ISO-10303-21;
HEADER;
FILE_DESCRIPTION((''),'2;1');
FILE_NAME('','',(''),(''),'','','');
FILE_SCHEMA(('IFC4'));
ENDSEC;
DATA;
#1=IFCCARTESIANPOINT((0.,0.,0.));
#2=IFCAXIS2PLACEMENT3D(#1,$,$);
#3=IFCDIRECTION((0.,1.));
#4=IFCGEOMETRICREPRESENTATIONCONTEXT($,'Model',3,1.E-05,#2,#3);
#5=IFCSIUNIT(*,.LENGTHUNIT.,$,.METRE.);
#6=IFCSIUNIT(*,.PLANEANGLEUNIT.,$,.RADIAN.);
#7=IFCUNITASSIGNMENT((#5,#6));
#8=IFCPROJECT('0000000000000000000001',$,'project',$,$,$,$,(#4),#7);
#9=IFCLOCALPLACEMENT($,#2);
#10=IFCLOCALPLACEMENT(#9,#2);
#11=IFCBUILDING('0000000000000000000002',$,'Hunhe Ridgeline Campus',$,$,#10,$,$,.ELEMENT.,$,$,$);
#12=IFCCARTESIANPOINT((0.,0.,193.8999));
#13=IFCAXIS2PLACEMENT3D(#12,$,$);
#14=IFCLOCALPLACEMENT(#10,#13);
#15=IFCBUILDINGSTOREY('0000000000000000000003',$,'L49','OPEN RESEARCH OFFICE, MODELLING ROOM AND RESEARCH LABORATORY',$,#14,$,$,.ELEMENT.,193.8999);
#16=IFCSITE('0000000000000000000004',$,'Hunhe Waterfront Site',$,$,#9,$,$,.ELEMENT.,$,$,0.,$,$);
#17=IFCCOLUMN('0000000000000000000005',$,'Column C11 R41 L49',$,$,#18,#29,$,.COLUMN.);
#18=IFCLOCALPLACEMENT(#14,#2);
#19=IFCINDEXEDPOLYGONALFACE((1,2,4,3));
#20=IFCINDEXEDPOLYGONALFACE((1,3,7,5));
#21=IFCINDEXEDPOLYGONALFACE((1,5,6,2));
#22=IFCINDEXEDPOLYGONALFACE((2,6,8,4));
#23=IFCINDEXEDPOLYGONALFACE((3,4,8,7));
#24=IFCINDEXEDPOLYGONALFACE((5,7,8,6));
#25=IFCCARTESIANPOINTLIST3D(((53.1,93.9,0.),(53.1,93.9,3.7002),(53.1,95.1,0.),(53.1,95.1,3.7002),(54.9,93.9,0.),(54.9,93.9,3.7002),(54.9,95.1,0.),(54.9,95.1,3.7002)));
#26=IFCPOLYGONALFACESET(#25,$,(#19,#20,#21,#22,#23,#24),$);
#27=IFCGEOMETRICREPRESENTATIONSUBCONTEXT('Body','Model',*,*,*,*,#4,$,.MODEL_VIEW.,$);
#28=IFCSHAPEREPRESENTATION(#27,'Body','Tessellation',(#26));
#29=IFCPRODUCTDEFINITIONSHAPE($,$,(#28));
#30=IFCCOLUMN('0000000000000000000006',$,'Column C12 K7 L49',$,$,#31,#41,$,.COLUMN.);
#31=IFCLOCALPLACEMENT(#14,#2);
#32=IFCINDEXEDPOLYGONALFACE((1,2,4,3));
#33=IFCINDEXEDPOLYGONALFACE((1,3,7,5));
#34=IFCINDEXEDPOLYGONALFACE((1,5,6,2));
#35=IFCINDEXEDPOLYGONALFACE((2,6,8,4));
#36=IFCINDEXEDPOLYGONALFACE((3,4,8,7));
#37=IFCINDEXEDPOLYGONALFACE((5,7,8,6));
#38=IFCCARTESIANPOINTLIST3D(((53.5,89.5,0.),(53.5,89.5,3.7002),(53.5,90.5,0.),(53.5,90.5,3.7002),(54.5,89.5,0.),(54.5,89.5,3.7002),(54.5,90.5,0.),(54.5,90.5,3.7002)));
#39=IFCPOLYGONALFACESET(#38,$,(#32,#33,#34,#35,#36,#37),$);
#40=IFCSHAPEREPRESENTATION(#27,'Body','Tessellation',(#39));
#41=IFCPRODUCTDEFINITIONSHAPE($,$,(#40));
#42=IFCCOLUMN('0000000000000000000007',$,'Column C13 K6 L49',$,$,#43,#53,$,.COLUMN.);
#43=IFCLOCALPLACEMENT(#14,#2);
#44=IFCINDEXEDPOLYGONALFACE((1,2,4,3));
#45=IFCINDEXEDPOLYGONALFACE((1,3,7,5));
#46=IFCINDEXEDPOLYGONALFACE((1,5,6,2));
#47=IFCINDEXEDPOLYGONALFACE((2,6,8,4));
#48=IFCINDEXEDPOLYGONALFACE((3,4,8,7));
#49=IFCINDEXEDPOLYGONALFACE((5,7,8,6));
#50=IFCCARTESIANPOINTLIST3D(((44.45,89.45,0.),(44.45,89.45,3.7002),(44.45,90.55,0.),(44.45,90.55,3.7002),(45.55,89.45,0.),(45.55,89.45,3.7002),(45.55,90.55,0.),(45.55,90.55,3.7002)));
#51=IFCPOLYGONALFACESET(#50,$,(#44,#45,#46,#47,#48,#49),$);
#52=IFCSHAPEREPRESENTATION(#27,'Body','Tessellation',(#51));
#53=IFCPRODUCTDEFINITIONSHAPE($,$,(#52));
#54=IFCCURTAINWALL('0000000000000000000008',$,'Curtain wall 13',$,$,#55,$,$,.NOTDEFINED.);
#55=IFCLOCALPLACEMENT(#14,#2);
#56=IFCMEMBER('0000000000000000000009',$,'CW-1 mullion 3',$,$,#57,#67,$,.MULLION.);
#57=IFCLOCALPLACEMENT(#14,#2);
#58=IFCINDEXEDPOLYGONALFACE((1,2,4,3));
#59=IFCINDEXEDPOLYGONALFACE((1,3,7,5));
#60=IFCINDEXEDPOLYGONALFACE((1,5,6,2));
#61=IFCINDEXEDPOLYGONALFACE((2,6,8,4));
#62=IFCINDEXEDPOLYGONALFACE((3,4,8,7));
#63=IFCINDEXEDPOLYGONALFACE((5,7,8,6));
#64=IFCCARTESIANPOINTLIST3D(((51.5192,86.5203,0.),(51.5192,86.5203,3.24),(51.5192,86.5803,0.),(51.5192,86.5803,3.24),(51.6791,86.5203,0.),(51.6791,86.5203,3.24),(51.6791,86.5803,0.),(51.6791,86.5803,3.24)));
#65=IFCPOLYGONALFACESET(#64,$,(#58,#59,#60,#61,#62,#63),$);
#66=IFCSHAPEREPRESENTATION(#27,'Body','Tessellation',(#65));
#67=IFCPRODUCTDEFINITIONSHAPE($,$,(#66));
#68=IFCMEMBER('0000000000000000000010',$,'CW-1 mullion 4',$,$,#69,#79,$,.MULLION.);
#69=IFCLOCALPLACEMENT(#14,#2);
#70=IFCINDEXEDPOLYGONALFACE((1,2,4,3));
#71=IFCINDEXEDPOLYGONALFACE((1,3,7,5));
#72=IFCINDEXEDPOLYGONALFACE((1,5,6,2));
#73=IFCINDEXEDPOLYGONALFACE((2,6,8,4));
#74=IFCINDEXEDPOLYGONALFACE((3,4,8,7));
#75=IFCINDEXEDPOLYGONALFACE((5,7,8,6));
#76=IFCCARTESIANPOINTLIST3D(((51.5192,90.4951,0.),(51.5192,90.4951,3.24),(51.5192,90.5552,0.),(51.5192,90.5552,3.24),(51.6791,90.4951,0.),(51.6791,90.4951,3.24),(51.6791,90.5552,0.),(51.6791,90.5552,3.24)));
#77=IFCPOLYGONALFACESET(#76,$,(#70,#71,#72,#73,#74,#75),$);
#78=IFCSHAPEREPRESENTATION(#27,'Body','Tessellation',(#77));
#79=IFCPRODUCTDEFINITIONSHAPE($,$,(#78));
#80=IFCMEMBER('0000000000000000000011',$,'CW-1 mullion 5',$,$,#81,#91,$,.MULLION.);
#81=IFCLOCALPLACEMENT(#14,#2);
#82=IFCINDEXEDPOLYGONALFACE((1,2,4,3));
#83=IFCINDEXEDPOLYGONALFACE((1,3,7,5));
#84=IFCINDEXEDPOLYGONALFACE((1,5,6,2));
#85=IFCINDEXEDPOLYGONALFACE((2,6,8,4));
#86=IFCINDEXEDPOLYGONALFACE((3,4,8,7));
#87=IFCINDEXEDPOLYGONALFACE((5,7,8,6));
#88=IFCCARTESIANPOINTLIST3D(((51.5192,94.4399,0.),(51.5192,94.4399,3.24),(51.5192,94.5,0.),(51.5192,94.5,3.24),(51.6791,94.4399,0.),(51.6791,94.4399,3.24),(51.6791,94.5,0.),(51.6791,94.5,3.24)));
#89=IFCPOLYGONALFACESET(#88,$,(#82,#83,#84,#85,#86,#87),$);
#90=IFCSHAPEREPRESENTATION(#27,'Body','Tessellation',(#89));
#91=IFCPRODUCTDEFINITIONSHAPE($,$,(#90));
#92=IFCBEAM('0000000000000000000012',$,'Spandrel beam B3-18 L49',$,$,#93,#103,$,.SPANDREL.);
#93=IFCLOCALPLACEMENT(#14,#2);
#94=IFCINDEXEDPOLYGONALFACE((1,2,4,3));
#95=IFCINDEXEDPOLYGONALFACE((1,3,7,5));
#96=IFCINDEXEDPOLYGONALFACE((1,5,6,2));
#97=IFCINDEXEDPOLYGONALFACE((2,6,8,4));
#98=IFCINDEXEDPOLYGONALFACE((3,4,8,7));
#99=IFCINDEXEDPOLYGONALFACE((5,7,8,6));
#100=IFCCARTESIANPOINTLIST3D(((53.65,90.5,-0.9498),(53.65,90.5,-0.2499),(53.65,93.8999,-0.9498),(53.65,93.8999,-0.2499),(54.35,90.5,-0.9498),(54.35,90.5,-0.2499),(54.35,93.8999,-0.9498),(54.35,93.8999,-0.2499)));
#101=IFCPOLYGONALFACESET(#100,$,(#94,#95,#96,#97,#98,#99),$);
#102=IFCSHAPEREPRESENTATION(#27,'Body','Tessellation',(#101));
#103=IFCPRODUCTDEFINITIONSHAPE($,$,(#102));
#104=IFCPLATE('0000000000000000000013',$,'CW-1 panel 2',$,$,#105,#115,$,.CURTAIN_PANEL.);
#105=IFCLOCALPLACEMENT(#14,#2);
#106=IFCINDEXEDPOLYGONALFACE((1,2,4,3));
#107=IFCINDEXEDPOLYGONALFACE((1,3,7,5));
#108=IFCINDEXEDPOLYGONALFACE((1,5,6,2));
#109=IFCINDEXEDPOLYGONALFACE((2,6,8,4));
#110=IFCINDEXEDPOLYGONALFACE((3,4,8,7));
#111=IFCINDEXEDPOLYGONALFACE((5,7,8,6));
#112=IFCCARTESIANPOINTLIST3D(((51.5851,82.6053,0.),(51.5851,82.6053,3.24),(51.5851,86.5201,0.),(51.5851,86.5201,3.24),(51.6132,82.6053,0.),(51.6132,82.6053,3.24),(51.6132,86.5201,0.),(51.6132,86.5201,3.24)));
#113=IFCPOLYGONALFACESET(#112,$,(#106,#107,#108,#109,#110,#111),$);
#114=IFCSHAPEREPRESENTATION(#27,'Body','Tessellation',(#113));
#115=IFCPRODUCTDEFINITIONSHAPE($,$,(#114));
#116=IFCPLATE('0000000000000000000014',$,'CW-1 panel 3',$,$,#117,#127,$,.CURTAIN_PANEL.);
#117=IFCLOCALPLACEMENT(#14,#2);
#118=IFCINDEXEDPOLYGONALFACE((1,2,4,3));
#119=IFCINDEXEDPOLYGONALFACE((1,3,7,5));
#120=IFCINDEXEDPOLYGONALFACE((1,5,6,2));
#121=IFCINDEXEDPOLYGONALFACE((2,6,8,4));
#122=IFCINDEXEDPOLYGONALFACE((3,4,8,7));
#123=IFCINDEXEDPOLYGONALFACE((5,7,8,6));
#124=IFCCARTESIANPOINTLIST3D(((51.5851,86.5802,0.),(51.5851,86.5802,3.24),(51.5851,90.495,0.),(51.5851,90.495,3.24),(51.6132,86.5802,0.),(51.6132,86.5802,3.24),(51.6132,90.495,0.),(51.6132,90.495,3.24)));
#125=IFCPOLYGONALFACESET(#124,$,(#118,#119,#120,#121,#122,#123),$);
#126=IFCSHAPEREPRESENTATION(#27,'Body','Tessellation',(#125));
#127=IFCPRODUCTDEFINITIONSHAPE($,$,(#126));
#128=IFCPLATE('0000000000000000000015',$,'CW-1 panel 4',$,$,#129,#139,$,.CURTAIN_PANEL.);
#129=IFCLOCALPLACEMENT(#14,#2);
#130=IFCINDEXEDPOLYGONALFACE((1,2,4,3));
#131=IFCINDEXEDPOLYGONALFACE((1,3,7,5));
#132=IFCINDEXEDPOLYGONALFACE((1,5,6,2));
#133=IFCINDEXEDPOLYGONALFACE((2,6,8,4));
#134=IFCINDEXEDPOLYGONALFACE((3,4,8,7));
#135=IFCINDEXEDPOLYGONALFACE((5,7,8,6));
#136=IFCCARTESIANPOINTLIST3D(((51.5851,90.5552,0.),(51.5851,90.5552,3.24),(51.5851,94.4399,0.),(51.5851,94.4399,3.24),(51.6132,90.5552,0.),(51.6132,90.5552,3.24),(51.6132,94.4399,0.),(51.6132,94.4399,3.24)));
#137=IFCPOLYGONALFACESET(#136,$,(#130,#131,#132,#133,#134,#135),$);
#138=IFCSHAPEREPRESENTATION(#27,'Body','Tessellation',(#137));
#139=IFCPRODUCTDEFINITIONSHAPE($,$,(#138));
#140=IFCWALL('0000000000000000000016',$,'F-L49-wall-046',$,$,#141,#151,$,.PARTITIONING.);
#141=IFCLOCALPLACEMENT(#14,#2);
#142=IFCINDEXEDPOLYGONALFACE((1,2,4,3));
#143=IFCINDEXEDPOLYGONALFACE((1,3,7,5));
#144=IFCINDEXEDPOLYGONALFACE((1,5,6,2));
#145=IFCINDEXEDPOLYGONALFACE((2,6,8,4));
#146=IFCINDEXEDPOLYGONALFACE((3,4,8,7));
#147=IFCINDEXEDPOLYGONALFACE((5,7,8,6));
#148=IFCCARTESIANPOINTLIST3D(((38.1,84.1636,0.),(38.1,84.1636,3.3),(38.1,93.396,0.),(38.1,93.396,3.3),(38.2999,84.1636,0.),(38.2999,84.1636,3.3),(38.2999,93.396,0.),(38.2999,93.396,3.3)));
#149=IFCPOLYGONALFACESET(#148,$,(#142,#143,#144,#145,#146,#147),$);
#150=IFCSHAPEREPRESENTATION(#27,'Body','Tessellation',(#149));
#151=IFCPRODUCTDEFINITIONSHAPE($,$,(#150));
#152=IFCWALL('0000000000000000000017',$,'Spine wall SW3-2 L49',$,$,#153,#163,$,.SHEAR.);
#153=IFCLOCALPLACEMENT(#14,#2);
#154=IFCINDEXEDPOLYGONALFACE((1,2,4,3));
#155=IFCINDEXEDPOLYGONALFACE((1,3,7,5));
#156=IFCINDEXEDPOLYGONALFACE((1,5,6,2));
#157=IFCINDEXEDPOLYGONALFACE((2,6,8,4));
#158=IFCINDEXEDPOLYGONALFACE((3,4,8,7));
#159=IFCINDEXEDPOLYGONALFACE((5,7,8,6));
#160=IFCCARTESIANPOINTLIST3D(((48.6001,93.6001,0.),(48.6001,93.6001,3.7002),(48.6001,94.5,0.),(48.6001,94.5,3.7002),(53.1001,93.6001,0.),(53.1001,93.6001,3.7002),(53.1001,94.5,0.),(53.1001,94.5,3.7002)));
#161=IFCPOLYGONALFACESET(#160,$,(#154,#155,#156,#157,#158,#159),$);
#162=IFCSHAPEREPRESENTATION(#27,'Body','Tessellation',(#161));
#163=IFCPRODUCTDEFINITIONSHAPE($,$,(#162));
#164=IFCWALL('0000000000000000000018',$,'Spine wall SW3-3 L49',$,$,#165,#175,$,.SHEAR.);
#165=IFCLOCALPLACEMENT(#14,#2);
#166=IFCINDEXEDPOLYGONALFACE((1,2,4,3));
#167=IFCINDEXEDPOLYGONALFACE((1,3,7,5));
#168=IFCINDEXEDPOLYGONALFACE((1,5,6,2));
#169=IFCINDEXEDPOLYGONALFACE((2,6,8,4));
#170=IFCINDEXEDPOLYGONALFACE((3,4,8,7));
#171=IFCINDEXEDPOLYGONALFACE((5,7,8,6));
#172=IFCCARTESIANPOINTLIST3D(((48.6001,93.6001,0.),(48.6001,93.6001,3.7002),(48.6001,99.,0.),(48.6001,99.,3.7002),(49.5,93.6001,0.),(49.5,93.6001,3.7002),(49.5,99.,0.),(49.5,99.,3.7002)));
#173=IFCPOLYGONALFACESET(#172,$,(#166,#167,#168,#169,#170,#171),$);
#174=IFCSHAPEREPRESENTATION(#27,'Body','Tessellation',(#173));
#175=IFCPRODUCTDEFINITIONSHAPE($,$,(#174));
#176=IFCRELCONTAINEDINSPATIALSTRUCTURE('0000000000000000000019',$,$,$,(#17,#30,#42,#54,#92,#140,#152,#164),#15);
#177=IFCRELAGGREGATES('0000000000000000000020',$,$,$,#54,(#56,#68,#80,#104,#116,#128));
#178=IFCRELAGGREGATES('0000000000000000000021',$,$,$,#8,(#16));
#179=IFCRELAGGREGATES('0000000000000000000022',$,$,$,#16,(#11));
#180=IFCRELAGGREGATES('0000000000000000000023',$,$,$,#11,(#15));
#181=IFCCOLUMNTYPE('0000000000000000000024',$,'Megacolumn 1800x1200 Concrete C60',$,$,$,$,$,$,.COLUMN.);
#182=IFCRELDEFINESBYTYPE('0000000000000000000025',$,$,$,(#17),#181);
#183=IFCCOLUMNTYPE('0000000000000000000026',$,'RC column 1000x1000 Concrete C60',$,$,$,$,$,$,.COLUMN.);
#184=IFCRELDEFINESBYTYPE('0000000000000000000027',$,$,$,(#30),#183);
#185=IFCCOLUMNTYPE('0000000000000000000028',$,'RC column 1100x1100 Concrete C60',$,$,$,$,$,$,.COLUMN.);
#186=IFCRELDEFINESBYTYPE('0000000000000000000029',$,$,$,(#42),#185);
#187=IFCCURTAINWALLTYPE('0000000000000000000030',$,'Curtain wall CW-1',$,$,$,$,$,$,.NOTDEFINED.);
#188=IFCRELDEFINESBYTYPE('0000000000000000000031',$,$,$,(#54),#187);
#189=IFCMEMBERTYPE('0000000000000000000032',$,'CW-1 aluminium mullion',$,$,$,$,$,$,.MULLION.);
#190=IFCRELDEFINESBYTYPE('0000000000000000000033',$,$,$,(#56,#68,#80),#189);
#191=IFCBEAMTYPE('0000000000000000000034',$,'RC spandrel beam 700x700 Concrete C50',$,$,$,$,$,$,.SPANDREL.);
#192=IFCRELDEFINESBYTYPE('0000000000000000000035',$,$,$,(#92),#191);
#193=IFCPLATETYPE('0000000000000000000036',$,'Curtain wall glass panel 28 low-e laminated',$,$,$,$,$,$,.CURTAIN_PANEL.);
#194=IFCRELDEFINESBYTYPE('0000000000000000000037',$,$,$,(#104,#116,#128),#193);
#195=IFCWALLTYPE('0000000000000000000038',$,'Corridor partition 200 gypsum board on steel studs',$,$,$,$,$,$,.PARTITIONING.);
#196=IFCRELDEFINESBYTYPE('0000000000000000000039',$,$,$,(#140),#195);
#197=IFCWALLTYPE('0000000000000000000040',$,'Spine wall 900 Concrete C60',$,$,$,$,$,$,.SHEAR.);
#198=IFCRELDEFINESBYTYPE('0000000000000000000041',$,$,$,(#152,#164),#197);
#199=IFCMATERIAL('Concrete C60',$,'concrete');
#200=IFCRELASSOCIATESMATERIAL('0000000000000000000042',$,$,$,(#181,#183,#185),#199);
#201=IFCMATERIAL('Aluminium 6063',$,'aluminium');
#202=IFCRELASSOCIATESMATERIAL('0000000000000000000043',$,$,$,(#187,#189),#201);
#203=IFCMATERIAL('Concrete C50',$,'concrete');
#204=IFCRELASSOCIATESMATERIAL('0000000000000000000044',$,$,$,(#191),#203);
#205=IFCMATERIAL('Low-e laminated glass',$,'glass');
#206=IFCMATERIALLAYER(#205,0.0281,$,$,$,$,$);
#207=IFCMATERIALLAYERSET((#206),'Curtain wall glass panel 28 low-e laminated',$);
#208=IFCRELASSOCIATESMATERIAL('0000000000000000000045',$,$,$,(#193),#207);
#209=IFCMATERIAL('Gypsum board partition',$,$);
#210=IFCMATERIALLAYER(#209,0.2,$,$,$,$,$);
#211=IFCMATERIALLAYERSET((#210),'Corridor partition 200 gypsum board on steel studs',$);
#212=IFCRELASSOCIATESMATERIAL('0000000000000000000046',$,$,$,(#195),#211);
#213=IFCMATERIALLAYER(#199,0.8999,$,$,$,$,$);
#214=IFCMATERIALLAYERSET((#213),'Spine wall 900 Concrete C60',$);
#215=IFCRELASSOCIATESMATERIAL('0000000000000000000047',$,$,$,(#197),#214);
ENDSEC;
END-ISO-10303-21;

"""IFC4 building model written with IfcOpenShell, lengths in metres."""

from ifc_helpers import new_model, si_unit, direction, frame, frame_2d, origin, origin_2d, place, context, subcontext, project, spatial, rectangle, extrude, material, layer, layer_set, material_profile, profile_set, type_object, element, aggregate, save


model = new_model("IFC4")

# Units and contexts
model_context = context("Model", 3, precision=1e-05, world=origin(), true_north=direction((0.0, 1.0)))
body_context = subcontext(model_context, "Body", "Model", "MODEL_VIEW")
ifc_project = project(units=[si_unit("LENGTHUNIT", "METRE"), si_unit("PLANEANGLEUNIT", "RADIAN")], contexts=[model_context])

# Site, building, storey
site_placement = place(None, origin())
site = spatial("IfcSite", under=ifc_project, at=site_placement, Name="Hunhe Waterfront Site", CompositionType="ELEMENT", RefElevation=0.0)
building_placement = place(site_placement, origin())
building = spatial("IfcBuilding", under=site, at=building_placement, Name="Hunhe Ridgeline Campus", CompositionType="ELEMENT")
storey_placement = place(building_placement, frame((0.0, 0.0, 193.8999)))
storey = spatial("IfcBuildingStorey", under=building, at=storey_placement, Name="L49", Description="OPEN RESEARCH OFFICE, MODELLING ROOM AND RESEARCH LABORATORY", CompositionType="ELEMENT", Elevation=193.8999)

# Columns
ifc_material_1 = material(Name="Concrete C60", Category="concrete")
ifc_material_profile_1 = material_profile(ifc_material_1, rectangle(XDim=1.8, YDim=1.2, at=origin_2d()))
ifc_profile_set_1 = profile_set([ifc_material_profile_1], Name="Concrete C60")
column_type_1 = type_object("IfcColumnType", Name="Megacolumn 1800x1200 Concrete C60", PredefinedType="COLUMN", material=ifc_profile_set_1)
column_1_placement = place(storey_placement, frame((54.0, 94.5, 0.0), z_axis=(0.0, 0.0, 1.0), x_axis=(1.0, 0.0, 0.0)))
element("IfcColumn", 1, at=column_1_placement, inside=storey, type_object=column_type_1, Name="Column C11 R41 L49", PredefinedType="COLUMN", context=body_context, shape_type="SweptSolid", body=[
    extrude(rectangle(XDim=1.8, YDim=1.2, at=origin_2d()), origin(), (0.0, 0.0, 1.0), 3.7002),
])
ifc_material_profile_2 = material_profile(ifc_material_1, rectangle(XDim=1.0, YDim=1.0, at=origin_2d()))
ifc_profile_set_2 = profile_set([ifc_material_profile_2], Name="Concrete C60")
column_type_2 = type_object("IfcColumnType", Name="RC column 1000x1000 Concrete C60", PredefinedType="COLUMN", material=ifc_profile_set_2)
column_2_placement = place(storey_placement, frame((54.0, 90.0, 0.0), z_axis=(0.0, 0.0, 1.0), x_axis=(1.0, 0.0, 0.0)))
element("IfcColumn", 2, at=column_2_placement, inside=storey, type_object=column_type_2, Name="Column C12 K7 L49", PredefinedType="COLUMN", context=body_context, shape_type="SweptSolid", body=[
    extrude(rectangle(XDim=1.0, YDim=1.0, at=origin_2d()), origin(), (0.0, 0.0, 1.0), 3.7002),
])
ifc_material_profile_3 = material_profile(ifc_material_1, rectangle(XDim=1.1001, YDim=1.1001, at=origin_2d()))
ifc_profile_set_3 = profile_set([ifc_material_profile_3], Name="Concrete C60")
column_type_3 = type_object("IfcColumnType", Name="RC column 1100x1100 Concrete C60", PredefinedType="COLUMN", material=ifc_profile_set_3)
column_3_placement = place(storey_placement, frame((45.0, 90.0, 0.0), z_axis=(0.0, 0.0, 1.0), x_axis=(1.0, 0.0, 0.0)))
element("IfcColumn", 3, at=column_3_placement, inside=storey, type_object=column_type_3, Name="Column C13 K6 L49", PredefinedType="COLUMN", context=body_context, shape_type="SweptSolid", body=[
    extrude(rectangle(XDim=1.1001, YDim=1.1001, at=origin_2d()), origin(), (0.0, 0.0, 1.0), 3.7002),
])

# Curtain wall, members
ifc_material_2 = material(Name="Aluminium 6063", Category="aluminium")
curtain_wall_type = type_object("IfcCurtainWallType", Name="Curtain wall CW-1", PredefinedType="NOTDEFINED", material=ifc_material_2)
curtain_wall_placement = place(storey_placement, origin())
curtain_wall = element("IfcCurtainWall", 4, at=curtain_wall_placement, inside=storey, type_object=curtain_wall_type, Name="Curtain wall 13", PredefinedType="NOTDEFINED")
ifc_material_profile_4 = material_profile(ifc_material_2, rectangle(XDim=0.1599, YDim=0.0601, at=origin_2d()))
ifc_profile_set_4 = profile_set([ifc_material_profile_4], Name="Aluminium 6063")
member_type = type_object("IfcMemberType", Name="CW-1 aluminium mullion", PredefinedType="MULLION", material=ifc_profile_set_4)
member_1_placement = place(storey_placement, frame((51.5991, 86.5503, 0.0), z_axis=(0.0, 0.0, 1.0), x_axis=(-1.0, 0.0, 0.0)))
member_1 = element("IfcMember", 5, at=member_1_placement, type_object=member_type, Name="CW-1 mullion 3", PredefinedType="MULLION", context=body_context, shape_type="SweptSolid", body=[
    extrude(rectangle(XDim=0.1599, YDim=0.0601, at=origin_2d()), origin(), (0.0, 0.0, 1.0), 3.24),
])
member_2_placement = place(storey_placement, frame((51.5991, 90.5251, 0.0), z_axis=(0.0, 0.0, 1.0), x_axis=(-1.0, 0.0, 0.0)))
member_2 = element("IfcMember", 6, at=member_2_placement, type_object=member_type, Name="CW-1 mullion 4", PredefinedType="MULLION", context=body_context, shape_type="SweptSolid", body=[
    extrude(rectangle(XDim=0.1599, YDim=0.0601, at=origin_2d()), origin(), (0.0, 0.0, 1.0), 3.24),
])
member_3_placement = place(storey_placement, frame((51.5991, 94.47, 0.0), z_axis=(0.0, 0.0, 1.0), x_axis=(-1.0, 0.0, 0.0)))
member_3 = element("IfcMember", 7, at=member_3_placement, type_object=member_type, Name="CW-1 mullion 5", PredefinedType="MULLION", context=body_context, shape_type="SweptSolid", body=[
    extrude(rectangle(XDim=0.1599, YDim=0.0601, at=origin_2d()), origin(), (0.0, 0.0, 1.0), 3.24),
])

# Beam
ifc_material_3 = material(Name="Concrete C50", Category="concrete")
ifc_material_profile_5 = material_profile(ifc_material_3, rectangle(XDim=0.7, YDim=0.7, at=origin_2d()))
ifc_profile_set_5 = profile_set([ifc_material_profile_5], Name="Concrete C50")
beam_type = type_object("IfcBeamType", Name="RC spandrel beam 700x700 Concrete C50", PredefinedType="SPANDREL", material=ifc_profile_set_5)
beam_placement = place(storey_placement, frame((54.0, 90.5, -0.5999), z_axis=(0.0, 1.0, 0.0), x_axis=(-1.0, 0.0, 0.0)))
element("IfcBeam", 8, at=beam_placement, inside=storey, type_object=beam_type, Name="Spandrel beam B3-18 L49", PredefinedType="SPANDREL", context=body_context, shape_type="SweptSolid", body=[
    extrude(rectangle(XDim=0.7, YDim=0.7, at=origin_2d()), origin(), (0.0, 0.0, 1.0), 3.3999),
])

# Plates
ifc_material_4 = material(Name="Low-e laminated glass", Category="glass")
ifc_layer_1 = layer(ifc_material_4, 0.0281)
ifc_layer_set_1 = layer_set([ifc_layer_1], Name="Curtain wall glass panel 28 low-e laminated")
plate_type = type_object("IfcPlateType", Name="Curtain wall glass panel 28 low-e laminated", PredefinedType="CURTAIN_PANEL", material=ifc_layer_set_1)
plate_1_placement = place(storey_placement, frame((51.5991, 84.5627, 0.0), z_axis=(0.0, 0.0, 1.0), x_axis=(0.0, 1.0, 0.0)))
plate_1 = element("IfcPlate", 9, at=plate_1_placement, type_object=plate_type, Name="CW-1 panel 2", PredefinedType="CURTAIN_PANEL", context=body_context, shape_type="SweptSolid", body=[
    extrude(rectangle(XDim=3.9148, YDim=0.0281, at=origin_2d()), origin(), (0.0, 0.0, 1.0), 3.24),
])
plate_2_placement = place(storey_placement, frame((51.5991, 88.5376, 0.0), z_axis=(0.0, 0.0, 1.0), x_axis=(0.0, 1.0, 0.0)))
plate_2 = element("IfcPlate", 10, at=plate_2_placement, type_object=plate_type, Name="CW-1 panel 3", PredefinedType="CURTAIN_PANEL", context=body_context, shape_type="SweptSolid", body=[
    extrude(rectangle(XDim=3.9148, YDim=0.0281, at=origin_2d()), origin(), (0.0, 0.0, 1.0), 3.24),
])
plate_3_placement = place(storey_placement, frame((51.5991, 92.4976, 0.0), z_axis=(0.0, 0.0, 1.0), x_axis=(0.0, 1.0, 0.0)))
plate_3 = element("IfcPlate", 11, at=plate_3_placement, type_object=plate_type, Name="CW-1 panel 4", PredefinedType="CURTAIN_PANEL", context=body_context, shape_type="SweptSolid", body=[
    extrude(rectangle(XDim=3.8848, YDim=0.0281, at=origin_2d()), origin(), (0.0, 0.0, 1.0), 3.24),
])
aggregate(curtain_wall, [member_1, member_2, member_3, plate_1, plate_2, plate_3])

# Shared definitions
ifc_material_5 = material(Name="Gypsum board partition")
ifc_layer_2 = layer(ifc_material_5, 0.2)
ifc_layer_set_2 = layer_set([ifc_layer_2], Name="Corridor partition 200 gypsum board on steel studs")
wall_type_1 = type_object("IfcWallType", Name="Corridor partition 200 gypsum board on steel studs", PredefinedType="PARTITIONING", material=ifc_layer_set_2)

# Walls
wall_1_placement = place(storey_placement, frame((38.2, 93.396, 0.0), z_axis=(0.0, 0.0, 1.0), x_axis=(0.0, -1.0, 0.0)))
element("IfcWall", 12, at=wall_1_placement, inside=storey, type_object=wall_type_1, Name="F-L49-wall-046", PredefinedType="PARTITIONING", context=body_context, shape_type="SweptSolid", body=[
    extrude(rectangle(XDim=9.2324, YDim=0.2, at=frame_2d((4.6162, 0.0))), origin(), (0.0, 0.0, 1.0), 3.3),
])
ifc_layer_3 = layer(ifc_material_1, 0.8999)
ifc_layer_set_3 = layer_set([ifc_layer_3], Name="Spine wall 900 Concrete C60")
wall_type_2 = type_object("IfcWallType", Name="Spine wall 900 Concrete C60", PredefinedType="SHEAR", material=ifc_layer_set_3)
wall_2_placement = place(storey_placement, frame((53.1001, 94.05, 0.0), z_axis=(0.0, 0.0, 1.0), x_axis=(-1.0, 0.0, 0.0)))
element("IfcWall", 13, at=wall_2_placement, inside=storey, type_object=wall_type_2, Name="Spine wall SW3-2 L49", PredefinedType="SHEAR", context=body_context, shape_type="SweptSolid", body=[
    extrude(rectangle(XDim=4.5, YDim=0.8999, at=frame_2d((2.25, 0.0))), origin(), (0.0, 0.0, 1.0), 3.7002),
])
wall_3_placement = place(storey_placement, frame((49.05, 93.6001, 0.0), z_axis=(0.0, 0.0, 1.0), x_axis=(0.0, 1.0, 0.0)))
element("IfcWall", 14, at=wall_3_placement, inside=storey, type_object=wall_type_2, Name="Spine wall SW3-3 L49", PredefinedType="SHEAR", context=body_context, shape_type="SweptSolid", body=[
    extrude(rectangle(XDim=5.3999, YDim=0.8999, at=frame_2d((2.7, 0.0))), origin(), (0.0, 0.0, 1.0), 3.7002),
])

save(model, "model.ifc")
